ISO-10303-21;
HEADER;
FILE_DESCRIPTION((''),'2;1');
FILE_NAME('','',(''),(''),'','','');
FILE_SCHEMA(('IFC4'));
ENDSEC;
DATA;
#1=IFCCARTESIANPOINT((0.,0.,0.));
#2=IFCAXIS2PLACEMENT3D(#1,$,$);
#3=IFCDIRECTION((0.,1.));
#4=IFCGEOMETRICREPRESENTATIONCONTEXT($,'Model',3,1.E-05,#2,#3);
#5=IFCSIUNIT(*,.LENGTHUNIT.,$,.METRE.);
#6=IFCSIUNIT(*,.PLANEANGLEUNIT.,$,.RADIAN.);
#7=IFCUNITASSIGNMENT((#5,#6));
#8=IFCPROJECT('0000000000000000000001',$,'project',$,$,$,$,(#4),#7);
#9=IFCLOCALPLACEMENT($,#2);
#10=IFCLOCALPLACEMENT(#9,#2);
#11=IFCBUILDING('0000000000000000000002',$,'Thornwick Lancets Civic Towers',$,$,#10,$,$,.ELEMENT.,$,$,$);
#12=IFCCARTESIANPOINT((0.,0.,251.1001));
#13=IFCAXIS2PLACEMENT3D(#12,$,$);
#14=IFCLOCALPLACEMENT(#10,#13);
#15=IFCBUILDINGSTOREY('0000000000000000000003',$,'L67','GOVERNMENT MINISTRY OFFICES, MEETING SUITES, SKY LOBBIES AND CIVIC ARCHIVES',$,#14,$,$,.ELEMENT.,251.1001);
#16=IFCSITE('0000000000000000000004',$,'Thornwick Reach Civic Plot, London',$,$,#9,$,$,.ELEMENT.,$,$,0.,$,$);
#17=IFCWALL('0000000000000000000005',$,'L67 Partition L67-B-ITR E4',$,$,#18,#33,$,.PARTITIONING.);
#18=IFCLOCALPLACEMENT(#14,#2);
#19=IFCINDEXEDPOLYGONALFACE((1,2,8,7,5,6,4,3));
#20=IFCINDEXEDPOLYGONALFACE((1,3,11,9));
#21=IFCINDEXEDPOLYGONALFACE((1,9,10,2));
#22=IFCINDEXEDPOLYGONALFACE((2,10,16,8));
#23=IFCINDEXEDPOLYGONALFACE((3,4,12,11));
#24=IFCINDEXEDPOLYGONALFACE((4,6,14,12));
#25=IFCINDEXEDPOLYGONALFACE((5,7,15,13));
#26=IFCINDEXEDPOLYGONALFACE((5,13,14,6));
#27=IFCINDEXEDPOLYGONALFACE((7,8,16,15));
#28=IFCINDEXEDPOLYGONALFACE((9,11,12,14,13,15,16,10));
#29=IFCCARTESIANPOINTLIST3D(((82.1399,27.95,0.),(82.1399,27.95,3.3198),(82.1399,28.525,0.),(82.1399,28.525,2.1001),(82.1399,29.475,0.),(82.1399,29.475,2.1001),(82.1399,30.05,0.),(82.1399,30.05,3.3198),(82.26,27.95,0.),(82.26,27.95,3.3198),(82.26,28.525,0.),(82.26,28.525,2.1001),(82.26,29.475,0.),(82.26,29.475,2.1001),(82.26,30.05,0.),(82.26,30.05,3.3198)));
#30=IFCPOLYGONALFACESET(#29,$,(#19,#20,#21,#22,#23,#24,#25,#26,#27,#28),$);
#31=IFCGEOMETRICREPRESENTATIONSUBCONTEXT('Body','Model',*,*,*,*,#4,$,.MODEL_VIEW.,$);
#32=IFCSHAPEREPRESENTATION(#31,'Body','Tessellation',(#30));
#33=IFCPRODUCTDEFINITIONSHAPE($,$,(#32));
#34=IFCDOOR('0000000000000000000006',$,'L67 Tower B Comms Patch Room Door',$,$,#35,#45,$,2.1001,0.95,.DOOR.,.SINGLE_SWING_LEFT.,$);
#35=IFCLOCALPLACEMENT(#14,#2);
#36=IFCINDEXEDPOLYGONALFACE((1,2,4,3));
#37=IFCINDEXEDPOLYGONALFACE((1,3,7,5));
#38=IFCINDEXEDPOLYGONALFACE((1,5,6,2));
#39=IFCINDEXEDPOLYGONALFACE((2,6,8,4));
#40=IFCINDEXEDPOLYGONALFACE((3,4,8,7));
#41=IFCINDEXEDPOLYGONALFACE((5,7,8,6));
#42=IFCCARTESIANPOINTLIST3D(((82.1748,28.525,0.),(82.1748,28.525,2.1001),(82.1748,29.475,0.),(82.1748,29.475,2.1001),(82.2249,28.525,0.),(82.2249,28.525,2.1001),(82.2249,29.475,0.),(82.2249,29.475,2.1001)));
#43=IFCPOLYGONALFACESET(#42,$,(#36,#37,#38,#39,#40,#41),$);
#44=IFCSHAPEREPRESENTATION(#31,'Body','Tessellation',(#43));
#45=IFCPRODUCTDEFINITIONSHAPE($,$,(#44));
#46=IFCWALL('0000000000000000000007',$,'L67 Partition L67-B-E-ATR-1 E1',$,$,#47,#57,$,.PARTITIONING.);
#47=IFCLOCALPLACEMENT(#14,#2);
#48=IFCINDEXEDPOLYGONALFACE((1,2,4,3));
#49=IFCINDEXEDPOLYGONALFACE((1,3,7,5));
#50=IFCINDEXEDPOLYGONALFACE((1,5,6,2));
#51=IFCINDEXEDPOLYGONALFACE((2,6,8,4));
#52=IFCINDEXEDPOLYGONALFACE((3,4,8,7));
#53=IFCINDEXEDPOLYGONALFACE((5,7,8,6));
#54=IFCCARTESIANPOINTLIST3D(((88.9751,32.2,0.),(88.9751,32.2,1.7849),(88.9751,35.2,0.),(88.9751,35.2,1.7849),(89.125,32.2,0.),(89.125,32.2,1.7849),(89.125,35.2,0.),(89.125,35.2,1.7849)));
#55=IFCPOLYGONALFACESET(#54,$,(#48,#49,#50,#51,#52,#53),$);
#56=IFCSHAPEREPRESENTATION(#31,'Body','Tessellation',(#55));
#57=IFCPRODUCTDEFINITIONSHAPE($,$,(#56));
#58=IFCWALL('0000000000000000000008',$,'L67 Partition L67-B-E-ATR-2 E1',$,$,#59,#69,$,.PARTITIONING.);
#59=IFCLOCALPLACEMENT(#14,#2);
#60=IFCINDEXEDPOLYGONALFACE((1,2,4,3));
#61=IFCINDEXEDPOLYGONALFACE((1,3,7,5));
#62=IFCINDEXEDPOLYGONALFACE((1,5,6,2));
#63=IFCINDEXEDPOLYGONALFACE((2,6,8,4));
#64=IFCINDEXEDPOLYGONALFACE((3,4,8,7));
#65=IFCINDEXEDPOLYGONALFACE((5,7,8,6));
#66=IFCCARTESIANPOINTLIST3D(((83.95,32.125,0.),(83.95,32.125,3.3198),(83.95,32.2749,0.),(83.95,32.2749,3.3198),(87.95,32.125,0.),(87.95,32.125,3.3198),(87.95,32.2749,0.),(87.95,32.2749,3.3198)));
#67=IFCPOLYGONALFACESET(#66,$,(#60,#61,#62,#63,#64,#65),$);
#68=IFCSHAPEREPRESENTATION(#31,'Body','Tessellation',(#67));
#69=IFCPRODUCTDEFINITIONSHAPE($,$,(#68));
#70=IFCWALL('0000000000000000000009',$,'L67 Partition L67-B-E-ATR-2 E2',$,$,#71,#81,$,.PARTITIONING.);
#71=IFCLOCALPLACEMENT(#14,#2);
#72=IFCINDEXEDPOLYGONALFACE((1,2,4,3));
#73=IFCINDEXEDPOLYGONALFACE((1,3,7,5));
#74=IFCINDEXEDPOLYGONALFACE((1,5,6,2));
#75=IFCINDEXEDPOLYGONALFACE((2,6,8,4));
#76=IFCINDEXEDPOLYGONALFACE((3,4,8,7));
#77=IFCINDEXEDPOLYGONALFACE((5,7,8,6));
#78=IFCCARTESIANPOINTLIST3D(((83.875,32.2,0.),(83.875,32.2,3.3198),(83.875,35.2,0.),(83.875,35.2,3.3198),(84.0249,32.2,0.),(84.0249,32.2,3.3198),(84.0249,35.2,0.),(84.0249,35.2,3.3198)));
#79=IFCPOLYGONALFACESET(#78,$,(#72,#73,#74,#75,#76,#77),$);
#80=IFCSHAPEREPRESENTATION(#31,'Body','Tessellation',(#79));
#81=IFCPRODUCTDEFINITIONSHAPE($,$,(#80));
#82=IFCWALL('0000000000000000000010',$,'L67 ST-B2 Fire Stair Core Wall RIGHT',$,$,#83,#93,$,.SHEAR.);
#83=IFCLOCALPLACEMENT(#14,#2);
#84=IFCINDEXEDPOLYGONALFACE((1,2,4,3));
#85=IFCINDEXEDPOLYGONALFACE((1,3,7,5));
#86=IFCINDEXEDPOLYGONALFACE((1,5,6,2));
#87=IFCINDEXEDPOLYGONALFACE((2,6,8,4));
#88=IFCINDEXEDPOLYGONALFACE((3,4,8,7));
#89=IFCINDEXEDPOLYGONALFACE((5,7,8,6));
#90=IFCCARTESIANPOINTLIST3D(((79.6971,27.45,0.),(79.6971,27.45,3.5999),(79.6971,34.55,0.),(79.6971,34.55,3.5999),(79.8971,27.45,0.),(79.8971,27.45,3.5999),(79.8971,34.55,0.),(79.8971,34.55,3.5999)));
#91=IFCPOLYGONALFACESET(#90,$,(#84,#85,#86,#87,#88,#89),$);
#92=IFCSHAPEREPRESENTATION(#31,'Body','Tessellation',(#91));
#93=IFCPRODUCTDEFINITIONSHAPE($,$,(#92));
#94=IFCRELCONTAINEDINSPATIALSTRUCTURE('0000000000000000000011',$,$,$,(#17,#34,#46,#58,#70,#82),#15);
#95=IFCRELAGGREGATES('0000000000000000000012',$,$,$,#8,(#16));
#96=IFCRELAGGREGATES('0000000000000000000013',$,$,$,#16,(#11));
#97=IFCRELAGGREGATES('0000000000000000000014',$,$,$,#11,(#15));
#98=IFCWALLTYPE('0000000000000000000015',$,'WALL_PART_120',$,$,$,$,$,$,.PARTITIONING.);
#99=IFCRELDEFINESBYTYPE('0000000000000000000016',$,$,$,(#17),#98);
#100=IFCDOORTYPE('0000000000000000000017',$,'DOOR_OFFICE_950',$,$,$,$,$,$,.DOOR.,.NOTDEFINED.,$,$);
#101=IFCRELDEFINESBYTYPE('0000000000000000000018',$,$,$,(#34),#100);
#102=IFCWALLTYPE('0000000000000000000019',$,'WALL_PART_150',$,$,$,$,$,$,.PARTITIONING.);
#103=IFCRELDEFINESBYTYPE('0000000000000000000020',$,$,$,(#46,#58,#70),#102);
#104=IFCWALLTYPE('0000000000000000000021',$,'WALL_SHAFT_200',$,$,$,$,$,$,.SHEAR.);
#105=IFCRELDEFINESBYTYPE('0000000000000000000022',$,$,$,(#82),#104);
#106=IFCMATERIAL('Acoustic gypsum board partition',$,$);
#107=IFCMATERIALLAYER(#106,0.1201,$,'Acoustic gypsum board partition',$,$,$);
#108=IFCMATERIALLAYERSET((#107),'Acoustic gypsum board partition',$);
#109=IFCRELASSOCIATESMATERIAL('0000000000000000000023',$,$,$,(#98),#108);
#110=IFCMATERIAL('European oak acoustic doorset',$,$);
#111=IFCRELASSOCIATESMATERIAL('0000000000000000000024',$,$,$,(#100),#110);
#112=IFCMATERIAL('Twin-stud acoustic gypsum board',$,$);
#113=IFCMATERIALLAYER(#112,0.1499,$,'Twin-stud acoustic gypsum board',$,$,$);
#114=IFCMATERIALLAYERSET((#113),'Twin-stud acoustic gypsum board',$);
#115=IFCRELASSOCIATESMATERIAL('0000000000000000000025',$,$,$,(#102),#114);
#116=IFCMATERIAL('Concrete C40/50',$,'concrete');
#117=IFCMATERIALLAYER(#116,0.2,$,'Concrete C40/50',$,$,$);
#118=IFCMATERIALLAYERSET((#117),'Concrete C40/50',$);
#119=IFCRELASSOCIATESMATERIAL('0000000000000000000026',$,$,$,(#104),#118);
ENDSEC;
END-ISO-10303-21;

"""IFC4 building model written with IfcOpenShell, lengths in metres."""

from ifc_helpers import new_model, si_unit, direction, frame, frame_2d, origin, place, context, subcontext, project, spatial, rectangle, extrude, material, layer, layer_set, type_object, element, fill, save


model = new_model("IFC4")

# Units and contexts
model_context = context("Model", 3, precision=1e-05, world=origin(), true_north=direction((0.0, 1.0)))
body_context = subcontext(model_context, "Body", "Model", "MODEL_VIEW")
ifc_project = project(units=[si_unit("LENGTHUNIT", "METRE"), si_unit("PLANEANGLEUNIT", "RADIAN")], contexts=[model_context])

# Site, building, storey
site_placement = place(None, origin())
site = spatial("IfcSite", under=ifc_project, at=site_placement, Name="Thornwick Reach Civic Plot, London", CompositionType="ELEMENT", RefElevation=0.0)
building_placement = place(site_placement, origin())
building = spatial("IfcBuilding", under=site, at=building_placement, Name="Thornwick Lancets Civic Towers", CompositionType="ELEMENT")
storey_placement = place(building_placement, frame((0.0, 0.0, 251.1001)))
storey = spatial("IfcBuildingStorey", under=building, at=storey_placement, Name="L67", Description="GOVERNMENT MINISTRY OFFICES, MEETING SUITES, SKY LOBBIES AND CIVIC ARCHIVES", CompositionType="ELEMENT", Elevation=251.1001)

# Shared definitions
ifc_material_1 = material(Name="Acoustic gypsum board partition")
ifc_layer_1 = layer(ifc_material_1, 0.1201, Name="Acoustic gypsum board partition")
ifc_layer_set_1 = layer_set([ifc_layer_1], Name="Acoustic gypsum board partition")
wall_type_1 = type_object("IfcWallType", Name="WALL_PART_120", PredefinedType="PARTITIONING", material=ifc_layer_set_1)

# Wall, opening, door
wall_1_placement = place(storey_placement, frame((82.2, 30.05, 0.0), z_axis=(0.0, 0.0, 1.0), x_axis=(0.0, -1.0, 0.0)))
wall_1 = element("IfcWall", 1, at=wall_1_placement, inside=storey, type_object=wall_type_1, Name="L67 Partition L67-B-ITR E4", PredefinedType="PARTITIONING", context=body_context, shape_type="SweptSolid", body=[
    extrude(rectangle(XDim=2.1001, YDim=0.1201, at=frame_2d((1.05, 0.0))), origin(), (0.0, 0.0, 1.0), 3.3198),
])
opening_1_placement = place(wall_1_placement, frame((0.575, 0.0, 0.0)))
opening_1 = element("IfcOpeningElement", 2, at=opening_1_placement, cuts=wall_1, PredefinedType="OPENING", context=body_context, shape_type="SweptSolid", body=[
    extrude(rectangle(XDim=0.95, YDim=2.1001, at=frame_2d((0.4751, 1.05))), frame((0.0, 0.0701, 0.0), z_axis=(0.0, -1.0, 0.0), x_axis=(1.0, 0.0, 0.0)), (0.0, 0.0, 1.0), 0.1401),
])
ifc_material_2 = material(Name="European oak acoustic doorset")
door_type_1 = type_object("IfcDoorType", Name="DOOR_OFFICE_950", OperationType="NOTDEFINED", PredefinedType="DOOR", material=ifc_material_2)
door_1_placement = place(opening_1_placement, origin())
door_1 = element("IfcDoor", 3, at=door_1_placement, inside=storey, type_object=door_type_1, Name="L67 Tower B Comms Patch Room Door", OperationType="SINGLE_SWING_LEFT", OverallHeight=2.1001, OverallWidth=0.95, PredefinedType="DOOR", context=body_context, shape_type="SweptSolid", body=[
    extrude(rectangle(XDim=0.95, YDim=2.1001, at=frame_2d((0.4751, 1.05))), frame((0.0, 0.0249, 0.0), z_axis=(0.0, -1.0, 0.0), x_axis=(1.0, 0.0, 0.0)), (0.0, 0.0, 1.0), 0.05),
])
fill(opening_1, door_1)

# Walls
ifc_material_3 = material(Name="Twin-stud acoustic gypsum board")
ifc_layer_2 = layer(ifc_material_3, 0.1499, Name="Twin-stud acoustic gypsum board")
ifc_layer_set_2 = layer_set([ifc_layer_2], Name="Twin-stud acoustic gypsum board")
wall_type_2 = type_object("IfcWallType", Name="WALL_PART_150", PredefinedType="PARTITIONING", material=ifc_layer_set_2)
wall_2_placement = place(storey_placement, frame((89.05, 32.2, 0.0), z_axis=(0.0, 0.0, 1.0), x_axis=(0.0, 1.0, 0.0)))
element("IfcWall", 4, at=wall_2_placement, inside=storey, type_object=wall_type_2, Name="L67 Partition L67-B-E-ATR-1 E1", PredefinedType="PARTITIONING", context=body_context, shape_type="SweptSolid", body=[
    extrude(rectangle(XDim=3.0, YDim=0.1499, at=frame_2d((1.5, 0.0))), origin(), (0.0, 0.0, 1.0), 1.7849),
])
wall_3_placement = place(storey_placement, frame((87.95, 32.2, 0.0), z_axis=(0.0, 0.0, 1.0), x_axis=(-1.0, 0.0, 0.0)))
element("IfcWall", 5, at=wall_3_placement, inside=storey, type_object=wall_type_2, Name="L67 Partition L67-B-E-ATR-2 E1", PredefinedType="PARTITIONING", context=body_context, shape_type="SweptSolid", body=[
    extrude(rectangle(XDim=4.0, YDim=0.1499, at=frame_2d((2.0, 0.0))), origin(), (0.0, 0.0, 1.0), 3.3198),
])
wall_4_placement = place(storey_placement, frame((83.95, 32.2, 0.0), z_axis=(0.0, 0.0, 1.0), x_axis=(0.0, 1.0, 0.0)))
element("IfcWall", 6, at=wall_4_placement, inside=storey, type_object=wall_type_2, Name="L67 Partition L67-B-E-ATR-2 E2", PredefinedType="PARTITIONING", context=body_context, shape_type="SweptSolid", body=[
    extrude(rectangle(XDim=3.0, YDim=0.1499, at=frame_2d((1.5, 0.0))), origin(), (0.0, 0.0, 1.0), 3.3198),
])
ifc_material_4 = material(Name="Concrete C40/50", Category="concrete")
ifc_layer_3 = layer(ifc_material_4, 0.2, Name="Concrete C40/50")
ifc_layer_set_3 = layer_set([ifc_layer_3], Name="Concrete C40/50")
wall_type_3 = type_object("IfcWallType", Name="WALL_SHAFT_200", PredefinedType="SHEAR", material=ifc_layer_set_3)
wall_5_placement = place(storey_placement, frame((79.7971, 27.45, 0.0), z_axis=(0.0, 0.0, 1.0), x_axis=(0.0, 1.0, 0.0)))
element("IfcWall", 7, at=wall_5_placement, inside=storey, type_object=wall_type_3, Name="L67 ST-B2 Fire Stair Core Wall RIGHT", PredefinedType="SHEAR", context=body_context, shape_type="SweptSolid", body=[
    extrude(rectangle(XDim=7.1001, YDim=0.2, at=frame_2d((3.55, 0.0))), origin(), (0.0, 0.0, 1.0), 3.5999),
])

save(model, "model.ifc")
